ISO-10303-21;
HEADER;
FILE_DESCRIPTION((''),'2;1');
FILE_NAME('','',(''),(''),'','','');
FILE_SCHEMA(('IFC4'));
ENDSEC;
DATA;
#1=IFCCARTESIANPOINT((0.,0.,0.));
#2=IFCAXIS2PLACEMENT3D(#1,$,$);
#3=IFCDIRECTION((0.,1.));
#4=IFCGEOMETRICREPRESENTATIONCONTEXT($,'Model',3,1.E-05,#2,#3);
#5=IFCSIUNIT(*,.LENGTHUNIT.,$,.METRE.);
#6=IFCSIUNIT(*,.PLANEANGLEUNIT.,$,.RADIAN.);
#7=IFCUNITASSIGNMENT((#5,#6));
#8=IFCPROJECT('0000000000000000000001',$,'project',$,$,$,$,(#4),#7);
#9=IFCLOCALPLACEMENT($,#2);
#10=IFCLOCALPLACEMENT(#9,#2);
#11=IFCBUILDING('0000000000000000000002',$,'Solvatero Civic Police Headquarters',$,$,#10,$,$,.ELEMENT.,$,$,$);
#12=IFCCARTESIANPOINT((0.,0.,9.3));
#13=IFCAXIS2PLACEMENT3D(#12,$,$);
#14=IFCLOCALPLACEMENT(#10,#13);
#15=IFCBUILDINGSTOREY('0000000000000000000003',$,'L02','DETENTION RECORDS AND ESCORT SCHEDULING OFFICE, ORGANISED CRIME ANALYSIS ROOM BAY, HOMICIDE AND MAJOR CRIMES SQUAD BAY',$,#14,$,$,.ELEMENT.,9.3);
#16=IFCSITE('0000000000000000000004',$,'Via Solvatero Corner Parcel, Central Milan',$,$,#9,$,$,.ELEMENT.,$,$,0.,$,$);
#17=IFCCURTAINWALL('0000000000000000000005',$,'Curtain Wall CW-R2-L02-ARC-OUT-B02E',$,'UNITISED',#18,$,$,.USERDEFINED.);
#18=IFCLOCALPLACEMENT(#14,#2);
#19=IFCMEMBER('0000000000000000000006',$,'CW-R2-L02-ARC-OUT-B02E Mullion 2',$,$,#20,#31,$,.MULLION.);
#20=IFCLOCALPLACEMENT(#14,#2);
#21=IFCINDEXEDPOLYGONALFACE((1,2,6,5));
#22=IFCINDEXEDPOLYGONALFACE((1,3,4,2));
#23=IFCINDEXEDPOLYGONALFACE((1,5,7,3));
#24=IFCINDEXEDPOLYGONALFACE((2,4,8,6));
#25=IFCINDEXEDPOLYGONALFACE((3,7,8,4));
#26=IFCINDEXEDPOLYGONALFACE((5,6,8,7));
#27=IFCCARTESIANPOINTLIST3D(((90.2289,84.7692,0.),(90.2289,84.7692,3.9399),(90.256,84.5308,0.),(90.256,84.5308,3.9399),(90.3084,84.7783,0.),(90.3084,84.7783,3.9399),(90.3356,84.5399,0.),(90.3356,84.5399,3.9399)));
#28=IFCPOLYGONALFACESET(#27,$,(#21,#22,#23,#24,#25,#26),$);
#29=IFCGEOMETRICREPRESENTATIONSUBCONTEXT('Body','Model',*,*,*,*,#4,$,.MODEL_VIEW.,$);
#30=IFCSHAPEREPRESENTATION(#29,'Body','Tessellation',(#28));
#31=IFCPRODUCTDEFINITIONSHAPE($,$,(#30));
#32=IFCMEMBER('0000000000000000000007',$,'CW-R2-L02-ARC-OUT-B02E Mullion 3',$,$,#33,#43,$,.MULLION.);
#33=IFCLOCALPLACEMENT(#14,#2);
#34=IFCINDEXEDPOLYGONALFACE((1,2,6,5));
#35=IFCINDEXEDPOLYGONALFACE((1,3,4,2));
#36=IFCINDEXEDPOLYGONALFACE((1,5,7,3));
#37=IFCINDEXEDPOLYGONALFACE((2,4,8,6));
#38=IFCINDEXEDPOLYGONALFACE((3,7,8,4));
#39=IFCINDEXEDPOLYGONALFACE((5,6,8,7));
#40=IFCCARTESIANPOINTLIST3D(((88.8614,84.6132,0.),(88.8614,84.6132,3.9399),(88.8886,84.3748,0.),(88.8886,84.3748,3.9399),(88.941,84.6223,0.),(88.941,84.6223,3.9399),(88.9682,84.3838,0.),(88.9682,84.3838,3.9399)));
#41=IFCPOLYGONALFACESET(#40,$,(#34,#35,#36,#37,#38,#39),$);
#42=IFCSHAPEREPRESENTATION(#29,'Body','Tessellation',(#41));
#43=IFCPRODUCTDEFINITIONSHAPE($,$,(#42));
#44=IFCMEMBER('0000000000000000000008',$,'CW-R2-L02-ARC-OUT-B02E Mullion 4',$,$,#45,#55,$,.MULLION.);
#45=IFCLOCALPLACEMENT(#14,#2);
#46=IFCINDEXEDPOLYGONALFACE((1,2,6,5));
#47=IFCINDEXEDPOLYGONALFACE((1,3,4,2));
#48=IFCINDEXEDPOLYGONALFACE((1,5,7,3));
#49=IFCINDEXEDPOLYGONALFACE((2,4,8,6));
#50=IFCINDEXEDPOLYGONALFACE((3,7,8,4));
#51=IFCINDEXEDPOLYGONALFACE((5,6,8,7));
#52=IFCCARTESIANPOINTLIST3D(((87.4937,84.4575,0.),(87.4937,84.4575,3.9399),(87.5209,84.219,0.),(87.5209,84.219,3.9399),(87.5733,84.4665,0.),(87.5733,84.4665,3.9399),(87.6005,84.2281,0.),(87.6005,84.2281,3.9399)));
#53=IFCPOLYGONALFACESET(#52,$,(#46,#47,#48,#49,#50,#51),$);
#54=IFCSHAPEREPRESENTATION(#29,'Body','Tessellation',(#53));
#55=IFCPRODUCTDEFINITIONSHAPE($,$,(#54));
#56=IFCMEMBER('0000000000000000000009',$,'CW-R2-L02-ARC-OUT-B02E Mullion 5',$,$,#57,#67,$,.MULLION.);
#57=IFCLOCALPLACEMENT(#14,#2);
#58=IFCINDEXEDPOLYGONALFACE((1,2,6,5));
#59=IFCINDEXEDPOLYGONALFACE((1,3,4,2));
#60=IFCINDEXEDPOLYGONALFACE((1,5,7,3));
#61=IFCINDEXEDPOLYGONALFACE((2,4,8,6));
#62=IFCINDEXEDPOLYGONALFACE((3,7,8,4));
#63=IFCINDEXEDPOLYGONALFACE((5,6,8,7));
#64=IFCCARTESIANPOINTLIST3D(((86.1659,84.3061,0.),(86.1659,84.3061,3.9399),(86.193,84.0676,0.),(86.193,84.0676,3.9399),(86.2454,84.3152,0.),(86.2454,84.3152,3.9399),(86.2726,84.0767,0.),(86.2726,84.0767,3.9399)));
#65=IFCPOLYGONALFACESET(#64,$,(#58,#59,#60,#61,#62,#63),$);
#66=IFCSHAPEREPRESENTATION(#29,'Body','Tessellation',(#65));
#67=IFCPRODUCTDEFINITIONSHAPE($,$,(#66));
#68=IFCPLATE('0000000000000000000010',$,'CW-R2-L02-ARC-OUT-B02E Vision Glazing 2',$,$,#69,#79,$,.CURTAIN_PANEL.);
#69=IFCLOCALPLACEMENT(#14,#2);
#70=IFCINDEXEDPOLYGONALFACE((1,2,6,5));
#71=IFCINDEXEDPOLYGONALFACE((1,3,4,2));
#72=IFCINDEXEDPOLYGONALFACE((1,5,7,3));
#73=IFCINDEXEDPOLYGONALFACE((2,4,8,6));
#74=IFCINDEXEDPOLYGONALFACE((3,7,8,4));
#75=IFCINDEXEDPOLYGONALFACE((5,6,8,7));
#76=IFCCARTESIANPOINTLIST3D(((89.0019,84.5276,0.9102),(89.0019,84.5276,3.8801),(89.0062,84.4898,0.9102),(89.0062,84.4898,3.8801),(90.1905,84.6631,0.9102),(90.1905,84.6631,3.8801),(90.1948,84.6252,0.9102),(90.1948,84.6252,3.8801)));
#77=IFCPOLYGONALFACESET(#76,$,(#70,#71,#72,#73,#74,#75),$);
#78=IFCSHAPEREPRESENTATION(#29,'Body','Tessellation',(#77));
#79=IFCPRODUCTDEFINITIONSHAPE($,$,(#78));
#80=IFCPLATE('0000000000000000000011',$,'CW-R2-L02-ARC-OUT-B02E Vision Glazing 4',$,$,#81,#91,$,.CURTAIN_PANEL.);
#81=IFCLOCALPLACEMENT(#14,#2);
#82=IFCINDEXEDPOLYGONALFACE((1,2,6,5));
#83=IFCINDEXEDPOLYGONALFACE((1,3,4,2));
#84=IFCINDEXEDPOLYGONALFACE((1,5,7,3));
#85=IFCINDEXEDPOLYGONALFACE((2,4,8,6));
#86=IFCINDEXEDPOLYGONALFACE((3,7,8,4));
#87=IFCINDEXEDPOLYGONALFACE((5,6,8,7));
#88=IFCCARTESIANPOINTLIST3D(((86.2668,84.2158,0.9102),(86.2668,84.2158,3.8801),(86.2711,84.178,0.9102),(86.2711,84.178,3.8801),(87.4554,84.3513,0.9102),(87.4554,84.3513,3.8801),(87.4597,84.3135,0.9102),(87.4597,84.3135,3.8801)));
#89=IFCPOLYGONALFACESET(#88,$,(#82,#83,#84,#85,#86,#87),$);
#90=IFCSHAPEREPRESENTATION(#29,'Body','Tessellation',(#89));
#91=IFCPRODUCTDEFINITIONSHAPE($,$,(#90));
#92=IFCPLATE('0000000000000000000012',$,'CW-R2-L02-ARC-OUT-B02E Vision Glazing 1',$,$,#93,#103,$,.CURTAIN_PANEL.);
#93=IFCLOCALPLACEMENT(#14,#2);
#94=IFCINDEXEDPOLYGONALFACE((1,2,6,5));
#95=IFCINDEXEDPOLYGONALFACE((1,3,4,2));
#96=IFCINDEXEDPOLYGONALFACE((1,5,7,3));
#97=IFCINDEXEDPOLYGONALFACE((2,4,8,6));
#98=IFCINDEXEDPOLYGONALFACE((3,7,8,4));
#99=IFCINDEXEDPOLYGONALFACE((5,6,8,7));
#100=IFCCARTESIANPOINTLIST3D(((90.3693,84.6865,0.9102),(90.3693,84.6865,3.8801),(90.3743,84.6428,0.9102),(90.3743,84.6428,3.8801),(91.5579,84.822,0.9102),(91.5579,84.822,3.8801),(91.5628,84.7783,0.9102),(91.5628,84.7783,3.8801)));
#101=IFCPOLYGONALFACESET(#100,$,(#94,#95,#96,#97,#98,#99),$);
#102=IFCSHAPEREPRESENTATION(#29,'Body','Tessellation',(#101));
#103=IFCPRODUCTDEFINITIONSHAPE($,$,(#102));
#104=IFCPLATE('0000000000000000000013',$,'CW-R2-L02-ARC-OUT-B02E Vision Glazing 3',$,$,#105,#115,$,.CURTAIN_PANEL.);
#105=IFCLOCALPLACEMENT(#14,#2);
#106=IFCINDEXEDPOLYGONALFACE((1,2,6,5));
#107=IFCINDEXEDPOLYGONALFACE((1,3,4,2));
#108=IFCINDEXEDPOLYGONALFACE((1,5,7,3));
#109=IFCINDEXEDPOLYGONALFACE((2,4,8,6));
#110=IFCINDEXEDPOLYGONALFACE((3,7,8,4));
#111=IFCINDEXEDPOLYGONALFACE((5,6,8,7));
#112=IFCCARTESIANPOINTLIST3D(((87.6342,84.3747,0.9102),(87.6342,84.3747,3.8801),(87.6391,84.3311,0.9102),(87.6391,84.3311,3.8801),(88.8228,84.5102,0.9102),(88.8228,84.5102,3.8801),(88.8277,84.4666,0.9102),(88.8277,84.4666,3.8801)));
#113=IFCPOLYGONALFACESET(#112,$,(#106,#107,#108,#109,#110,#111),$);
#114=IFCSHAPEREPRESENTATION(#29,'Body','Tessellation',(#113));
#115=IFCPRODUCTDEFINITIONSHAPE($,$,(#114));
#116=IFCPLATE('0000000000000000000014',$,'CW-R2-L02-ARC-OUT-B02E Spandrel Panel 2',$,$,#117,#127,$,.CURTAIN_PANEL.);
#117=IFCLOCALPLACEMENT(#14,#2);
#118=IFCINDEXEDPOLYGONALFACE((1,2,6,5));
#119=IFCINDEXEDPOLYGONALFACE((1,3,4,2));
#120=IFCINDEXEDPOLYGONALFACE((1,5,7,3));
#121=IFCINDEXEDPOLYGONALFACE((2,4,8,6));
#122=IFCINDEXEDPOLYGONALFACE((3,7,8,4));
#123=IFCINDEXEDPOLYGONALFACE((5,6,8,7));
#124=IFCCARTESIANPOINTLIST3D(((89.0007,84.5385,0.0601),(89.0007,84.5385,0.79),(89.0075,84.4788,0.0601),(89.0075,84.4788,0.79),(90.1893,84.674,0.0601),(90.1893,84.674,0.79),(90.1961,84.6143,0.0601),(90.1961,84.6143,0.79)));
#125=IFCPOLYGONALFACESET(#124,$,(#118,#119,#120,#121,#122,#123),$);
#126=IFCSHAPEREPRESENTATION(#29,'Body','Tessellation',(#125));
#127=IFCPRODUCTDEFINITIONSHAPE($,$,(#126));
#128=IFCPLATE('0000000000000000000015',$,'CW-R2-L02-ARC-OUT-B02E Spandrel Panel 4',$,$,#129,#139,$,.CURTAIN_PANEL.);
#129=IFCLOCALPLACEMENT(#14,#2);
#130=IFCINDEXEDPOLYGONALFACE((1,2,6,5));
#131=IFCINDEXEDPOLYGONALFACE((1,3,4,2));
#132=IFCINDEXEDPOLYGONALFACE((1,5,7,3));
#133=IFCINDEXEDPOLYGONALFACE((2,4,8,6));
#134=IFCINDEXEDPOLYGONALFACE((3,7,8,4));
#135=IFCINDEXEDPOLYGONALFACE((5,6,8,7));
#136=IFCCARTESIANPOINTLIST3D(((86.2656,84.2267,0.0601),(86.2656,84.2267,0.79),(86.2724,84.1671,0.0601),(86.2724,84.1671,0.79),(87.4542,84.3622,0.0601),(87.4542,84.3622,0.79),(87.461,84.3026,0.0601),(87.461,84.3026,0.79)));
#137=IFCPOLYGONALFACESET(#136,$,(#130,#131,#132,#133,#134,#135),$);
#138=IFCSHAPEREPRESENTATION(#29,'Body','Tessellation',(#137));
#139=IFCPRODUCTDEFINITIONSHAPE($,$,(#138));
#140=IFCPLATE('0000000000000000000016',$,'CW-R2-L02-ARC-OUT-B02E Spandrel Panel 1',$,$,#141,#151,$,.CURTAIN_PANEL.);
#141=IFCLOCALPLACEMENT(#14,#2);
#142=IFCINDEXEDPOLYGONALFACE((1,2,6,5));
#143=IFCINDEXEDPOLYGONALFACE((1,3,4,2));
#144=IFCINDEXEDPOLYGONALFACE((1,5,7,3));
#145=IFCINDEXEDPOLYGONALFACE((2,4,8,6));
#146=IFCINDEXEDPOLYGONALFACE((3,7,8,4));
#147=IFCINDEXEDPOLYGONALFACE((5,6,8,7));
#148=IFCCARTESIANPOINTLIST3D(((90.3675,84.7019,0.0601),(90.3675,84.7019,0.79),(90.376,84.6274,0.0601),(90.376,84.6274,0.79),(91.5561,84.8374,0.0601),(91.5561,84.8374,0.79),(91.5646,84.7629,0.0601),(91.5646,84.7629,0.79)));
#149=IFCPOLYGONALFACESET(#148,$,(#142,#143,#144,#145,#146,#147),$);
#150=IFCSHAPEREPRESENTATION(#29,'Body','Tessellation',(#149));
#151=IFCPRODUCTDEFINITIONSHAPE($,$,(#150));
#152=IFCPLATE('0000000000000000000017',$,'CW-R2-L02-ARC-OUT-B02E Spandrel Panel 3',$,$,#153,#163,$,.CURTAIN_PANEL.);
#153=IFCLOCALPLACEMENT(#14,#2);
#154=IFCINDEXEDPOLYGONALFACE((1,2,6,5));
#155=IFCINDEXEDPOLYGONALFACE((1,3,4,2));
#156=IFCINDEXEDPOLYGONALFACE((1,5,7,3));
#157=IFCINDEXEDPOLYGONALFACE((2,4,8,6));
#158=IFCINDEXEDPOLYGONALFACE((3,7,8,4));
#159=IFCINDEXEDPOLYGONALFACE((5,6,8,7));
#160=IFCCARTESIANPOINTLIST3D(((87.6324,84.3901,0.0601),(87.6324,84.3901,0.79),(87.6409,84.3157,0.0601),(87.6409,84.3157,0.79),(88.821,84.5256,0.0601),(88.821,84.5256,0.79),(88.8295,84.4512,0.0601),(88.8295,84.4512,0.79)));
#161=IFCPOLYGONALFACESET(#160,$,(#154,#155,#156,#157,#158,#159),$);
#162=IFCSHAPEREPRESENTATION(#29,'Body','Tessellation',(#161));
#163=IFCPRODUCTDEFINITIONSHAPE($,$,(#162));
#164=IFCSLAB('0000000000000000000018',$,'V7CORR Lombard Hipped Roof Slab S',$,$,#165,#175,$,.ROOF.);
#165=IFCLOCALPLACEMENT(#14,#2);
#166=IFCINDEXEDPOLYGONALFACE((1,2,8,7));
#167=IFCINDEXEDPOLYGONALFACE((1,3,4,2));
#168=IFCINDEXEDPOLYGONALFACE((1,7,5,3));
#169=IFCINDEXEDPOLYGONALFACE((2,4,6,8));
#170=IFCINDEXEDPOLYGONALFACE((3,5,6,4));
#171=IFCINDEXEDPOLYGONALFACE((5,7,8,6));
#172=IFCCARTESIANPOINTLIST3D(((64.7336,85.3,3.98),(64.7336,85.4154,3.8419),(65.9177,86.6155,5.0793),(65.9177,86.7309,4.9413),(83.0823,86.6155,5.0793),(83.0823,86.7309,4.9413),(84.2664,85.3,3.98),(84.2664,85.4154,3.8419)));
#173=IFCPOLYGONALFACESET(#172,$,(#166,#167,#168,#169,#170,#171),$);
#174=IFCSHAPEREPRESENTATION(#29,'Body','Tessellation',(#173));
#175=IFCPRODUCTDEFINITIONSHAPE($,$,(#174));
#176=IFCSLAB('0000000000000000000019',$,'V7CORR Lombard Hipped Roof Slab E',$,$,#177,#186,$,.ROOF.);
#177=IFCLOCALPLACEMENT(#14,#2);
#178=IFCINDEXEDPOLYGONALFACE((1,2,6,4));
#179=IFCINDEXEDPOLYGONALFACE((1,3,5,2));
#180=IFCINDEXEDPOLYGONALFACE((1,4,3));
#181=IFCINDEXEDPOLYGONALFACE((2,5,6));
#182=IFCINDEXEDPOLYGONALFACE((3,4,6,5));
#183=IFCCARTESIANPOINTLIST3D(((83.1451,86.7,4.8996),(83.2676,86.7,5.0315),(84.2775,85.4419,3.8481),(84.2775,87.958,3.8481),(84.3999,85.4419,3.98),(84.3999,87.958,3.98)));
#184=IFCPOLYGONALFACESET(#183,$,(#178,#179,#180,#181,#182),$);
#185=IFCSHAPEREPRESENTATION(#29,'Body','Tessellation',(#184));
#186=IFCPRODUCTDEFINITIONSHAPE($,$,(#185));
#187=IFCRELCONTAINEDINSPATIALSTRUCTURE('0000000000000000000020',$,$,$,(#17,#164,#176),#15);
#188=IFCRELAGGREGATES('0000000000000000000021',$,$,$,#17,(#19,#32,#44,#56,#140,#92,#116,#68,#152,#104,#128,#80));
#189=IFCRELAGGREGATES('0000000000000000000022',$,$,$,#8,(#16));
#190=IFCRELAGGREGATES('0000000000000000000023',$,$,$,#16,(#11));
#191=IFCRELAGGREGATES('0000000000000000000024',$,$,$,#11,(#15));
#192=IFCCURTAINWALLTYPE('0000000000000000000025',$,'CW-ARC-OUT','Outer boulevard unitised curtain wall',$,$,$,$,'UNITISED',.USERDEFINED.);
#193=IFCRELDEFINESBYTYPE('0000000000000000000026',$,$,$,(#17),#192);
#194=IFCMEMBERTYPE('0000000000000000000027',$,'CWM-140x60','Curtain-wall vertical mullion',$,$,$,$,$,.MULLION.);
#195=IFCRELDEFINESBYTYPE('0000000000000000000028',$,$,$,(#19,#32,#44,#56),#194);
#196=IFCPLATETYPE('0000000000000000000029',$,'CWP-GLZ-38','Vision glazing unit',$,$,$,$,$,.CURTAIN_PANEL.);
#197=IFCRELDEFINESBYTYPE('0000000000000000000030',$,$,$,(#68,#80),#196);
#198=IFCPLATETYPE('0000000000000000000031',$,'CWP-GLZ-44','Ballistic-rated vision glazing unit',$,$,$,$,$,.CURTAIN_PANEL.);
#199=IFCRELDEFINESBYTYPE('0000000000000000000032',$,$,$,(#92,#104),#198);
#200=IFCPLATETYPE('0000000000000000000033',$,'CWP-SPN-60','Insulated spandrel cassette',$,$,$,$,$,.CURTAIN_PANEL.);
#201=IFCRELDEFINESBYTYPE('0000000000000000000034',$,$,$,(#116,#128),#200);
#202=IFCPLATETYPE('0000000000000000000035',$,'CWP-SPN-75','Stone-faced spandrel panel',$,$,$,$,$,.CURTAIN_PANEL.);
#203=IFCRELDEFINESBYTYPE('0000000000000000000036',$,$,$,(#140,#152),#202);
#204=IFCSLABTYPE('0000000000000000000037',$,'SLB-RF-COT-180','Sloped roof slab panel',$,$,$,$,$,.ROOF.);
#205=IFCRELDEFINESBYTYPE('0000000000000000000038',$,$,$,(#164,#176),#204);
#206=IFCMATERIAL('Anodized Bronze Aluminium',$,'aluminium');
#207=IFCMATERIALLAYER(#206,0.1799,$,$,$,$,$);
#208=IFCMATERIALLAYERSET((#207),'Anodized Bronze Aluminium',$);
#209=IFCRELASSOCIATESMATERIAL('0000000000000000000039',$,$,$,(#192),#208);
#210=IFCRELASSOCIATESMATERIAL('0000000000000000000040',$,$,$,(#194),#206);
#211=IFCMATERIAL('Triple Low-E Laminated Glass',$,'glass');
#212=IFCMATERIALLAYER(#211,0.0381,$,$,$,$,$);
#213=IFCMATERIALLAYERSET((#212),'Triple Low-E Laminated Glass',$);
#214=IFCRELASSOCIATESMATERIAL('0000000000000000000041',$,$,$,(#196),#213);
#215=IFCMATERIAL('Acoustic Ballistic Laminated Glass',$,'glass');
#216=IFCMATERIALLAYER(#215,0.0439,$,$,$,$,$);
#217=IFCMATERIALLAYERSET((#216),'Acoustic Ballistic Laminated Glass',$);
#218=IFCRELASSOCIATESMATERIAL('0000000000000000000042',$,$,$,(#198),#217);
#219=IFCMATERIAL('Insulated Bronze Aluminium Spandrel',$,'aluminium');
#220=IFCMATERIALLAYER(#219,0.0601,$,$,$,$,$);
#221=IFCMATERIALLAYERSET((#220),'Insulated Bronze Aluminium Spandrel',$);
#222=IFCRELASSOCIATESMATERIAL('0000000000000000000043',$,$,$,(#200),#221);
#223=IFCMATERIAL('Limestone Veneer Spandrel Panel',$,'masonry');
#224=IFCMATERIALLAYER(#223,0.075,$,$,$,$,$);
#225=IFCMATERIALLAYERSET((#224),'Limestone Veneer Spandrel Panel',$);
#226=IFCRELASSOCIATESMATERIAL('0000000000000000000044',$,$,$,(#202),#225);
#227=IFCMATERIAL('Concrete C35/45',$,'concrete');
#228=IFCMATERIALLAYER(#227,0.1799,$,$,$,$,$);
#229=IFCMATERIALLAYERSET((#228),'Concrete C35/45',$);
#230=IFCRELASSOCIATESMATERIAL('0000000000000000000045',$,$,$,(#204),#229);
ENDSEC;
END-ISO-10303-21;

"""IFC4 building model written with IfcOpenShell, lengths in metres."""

from ifc_helpers import new_model, si_unit, direction, frame, origin, origin_2d, place, context, subcontext, project, spatial, polyline, rectangle, outline, extrude, material, layer, layer_set, material_profile, profile_set, type_object, element, aggregate, save


model = new_model("IFC4")

# Units and contexts
model_context = context("Model", 3, precision=1e-05, world=origin(), true_north=direction((0.0, 1.0)))
body_context = subcontext(model_context, "Body", "Model", "MODEL_VIEW")
ifc_project = project(units=[si_unit("LENGTHUNIT", "METRE"), si_unit("PLANEANGLEUNIT", "RADIAN")], contexts=[model_context])

# Site, building, storey
site_placement = place(None, origin())
site = spatial("IfcSite", under=ifc_project, at=site_placement, Name="Via Solvatero Corner Parcel, Central Milan", CompositionType="ELEMENT", RefElevation=0.0)
building_placement = place(site_placement, origin())
building = spatial("IfcBuilding", under=site, at=building_placement, Name="Solvatero Civic Police Headquarters", CompositionType="ELEMENT")
storey_placement = place(building_placement, frame((0.0, 0.0, 9.3)))
storey = spatial("IfcBuildingStorey", under=building, at=storey_placement, Name="L02", Description="DETENTION RECORDS AND ESCORT SCHEDULING OFFICE, ORGANISED CRIME ANALYSIS ROOM BAY, HOMICIDE AND MAJOR CRIMES SQUAD BAY", CompositionType="ELEMENT", Elevation=9.3)

# Curtain wall, members, plates
ifc_material_1 = material(Name="Anodized Bronze Aluminium", Category="aluminium")
ifc_layer_1 = layer(ifc_material_1, 0.1799)
ifc_layer_set_1 = layer_set([ifc_layer_1], Name="Anodized Bronze Aluminium")
curtain_wall_type = type_object("IfcCurtainWallType", Name="CW-ARC-OUT", Description="Outer boulevard unitised curtain wall", ElementType="UNITISED", PredefinedType="USERDEFINED", material=ifc_layer_set_1)
curtain_wall_placement = place(storey_placement, origin())
curtain_wall = element("IfcCurtainWall", 1, at=curtain_wall_placement, inside=storey, type_object=curtain_wall_type, Name="Curtain Wall CW-R2-L02-ARC-OUT-B02E", ObjectType="UNITISED", PredefinedType="USERDEFINED")
ifc_material_profile = material_profile(ifc_material_1, rectangle(XDim=0.0801, YDim=0.24, at=origin_2d()), Name="ALU MULLION 80x240")
ifc_profile_set = profile_set([ifc_material_profile], Name="Anodized Bronze Aluminium")
member_type = type_object("IfcMemberType", Name="CWM-140x60", Description="Curtain-wall vertical mullion", PredefinedType="MULLION", material=ifc_profile_set)
member_1_placement = place(storey_placement, frame((90.2822, 84.6545, 0.0), z_axis=(0.0, 0.0, 1.0), x_axis=(-0.993566, -0.113255, 0.0)))
member_1 = element("IfcMember", 2, at=member_1_placement, type_object=member_type, Name="CW-R2-L02-ARC-OUT-B02E Mullion 2", PredefinedType="MULLION", context=body_context, shape_type="SweptSolid", body=[
    extrude(rectangle(XDim=0.0801, YDim=0.24, at=origin_2d()), origin(), (0.0, 0.0, 1.0), 3.9399),
])
member_2_placement = place(storey_placement, frame((88.9148, 84.4985, 0.0), z_axis=(0.0, 0.0, 1.0), x_axis=(-0.993566, -0.113255, 0.0)))
member_2 = element("IfcMember", 3, at=member_2_placement, type_object=member_type, Name="CW-R2-L02-ARC-OUT-B02E Mullion 3", PredefinedType="MULLION", context=body_context, shape_type="SweptSolid", body=[
    extrude(rectangle(XDim=0.0801, YDim=0.24, at=origin_2d()), origin(), (0.0, 0.0, 1.0), 3.9399),
])
member_3_placement = place(storey_placement, frame((87.5471, 84.3428, 0.0), z_axis=(0.0, 0.0, 1.0), x_axis=(-0.993566, -0.113255, 0.0)))
member_3 = element("IfcMember", 4, at=member_3_placement, type_object=member_type, Name="CW-R2-L02-ARC-OUT-B02E Mullion 4", PredefinedType="MULLION", context=body_context, shape_type="SweptSolid", body=[
    extrude(rectangle(XDim=0.0801, YDim=0.24, at=origin_2d()), origin(), (0.0, 0.0, 1.0), 3.9399),
])
member_4_placement = place(storey_placement, frame((86.2192, 84.1914, 0.0), z_axis=(0.0, 0.0, 1.0), x_axis=(-0.993566, -0.113255, 0.0)))
member_4 = element("IfcMember", 5, at=member_4_placement, type_object=member_type, Name="CW-R2-L02-ARC-OUT-B02E Mullion 5", PredefinedType="MULLION", context=body_context, shape_type="SweptSolid", body=[
    extrude(rectangle(XDim=0.0801, YDim=0.24, at=origin_2d()), origin(), (0.0, 0.0, 1.0), 3.9399),
])
ifc_material_2 = material(Name="Triple Low-E Laminated Glass", Category="glass")
ifc_layer_2 = layer(ifc_material_2, 0.0381)
ifc_layer_set_2 = layer_set([ifc_layer_2], Name="Triple Low-E Laminated Glass")
plate_type_1 = type_object("IfcPlateType", Name="CWP-GLZ-38", Description="Vision glazing unit", PredefinedType="CURTAIN_PANEL", material=ifc_layer_set_2)
plate_1_placement = place(storey_placement, frame((89.5984, 84.5764, 0.9102), z_axis=(0.0, 0.0, 1.0), x_axis=(-0.993566, -0.113255, 0.0)))
plate_1 = element("IfcPlate", 6, at=plate_1_placement, type_object=plate_type_1, Name="CW-R2-L02-ARC-OUT-B02E Vision Glazing 2", PredefinedType="CURTAIN_PANEL", context=body_context, shape_type="SweptSolid", body=[
    extrude(rectangle(XDim=1.1963, YDim=0.0381, at=origin_2d()), origin(), (0.0, 0.0, 1.0), 2.97),
])
plate_2_placement = place(storey_placement, frame((86.8633, 84.2646, 0.9102), z_axis=(0.0, 0.0, 1.0), x_axis=(-0.993566, -0.113255, 0.0)))
plate_2 = element("IfcPlate", 7, at=plate_2_placement, type_object=plate_type_1, Name="CW-R2-L02-ARC-OUT-B02E Vision Glazing 4", PredefinedType="CURTAIN_PANEL", context=body_context, shape_type="SweptSolid", body=[
    extrude(rectangle(XDim=1.1963, YDim=0.0381, at=origin_2d()), origin(), (0.0, 0.0, 1.0), 2.97),
])
ifc_material_3 = material(Name="Acoustic Ballistic Laminated Glass", Category="glass")
ifc_layer_3 = layer(ifc_material_3, 0.0439)
ifc_layer_set_3 = layer_set([ifc_layer_3], Name="Acoustic Ballistic Laminated Glass")
plate_type_2 = type_object("IfcPlateType", Name="CWP-GLZ-44", Description="Ballistic-rated vision glazing unit", PredefinedType="CURTAIN_PANEL", material=ifc_layer_set_3)
plate_3_placement = place(storey_placement, frame((90.9661, 84.7324, 0.9102), z_axis=(0.0, 0.0, 1.0), x_axis=(-0.993566, -0.113255, 0.0)))
plate_3 = element("IfcPlate", 8, at=plate_3_placement, type_object=plate_type_2, Name="CW-R2-L02-ARC-OUT-B02E Vision Glazing 1", PredefinedType="CURTAIN_PANEL", context=body_context, shape_type="SweptSolid", body=[
    extrude(rectangle(XDim=1.1963, YDim=0.0439, at=origin_2d()), origin(), (0.0, 0.0, 1.0), 2.97),
])
plate_4_placement = place(storey_placement, frame((88.231, 84.4207, 0.9102), z_axis=(0.0, 0.0, 1.0), x_axis=(-0.993566, -0.113255, 0.0)))
plate_4 = element("IfcPlate", 9, at=plate_4_placement, type_object=plate_type_2, Name="CW-R2-L02-ARC-OUT-B02E Vision Glazing 3", PredefinedType="CURTAIN_PANEL", context=body_context, shape_type="SweptSolid", body=[
    extrude(rectangle(XDim=1.1963, YDim=0.0439, at=origin_2d()), origin(), (0.0, 0.0, 1.0), 2.97),
])
ifc_material_4 = material(Name="Insulated Bronze Aluminium Spandrel", Category="aluminium")
ifc_layer_4 = layer(ifc_material_4, 0.0601)
ifc_layer_set_4 = layer_set([ifc_layer_4], Name="Insulated Bronze Aluminium Spandrel")
plate_type_3 = type_object("IfcPlateType", Name="CWP-SPN-60", Description="Insulated spandrel cassette", PredefinedType="CURTAIN_PANEL", material=ifc_layer_set_4)
plate_5_placement = place(storey_placement, frame((89.5984, 84.5764, 0.0601), z_axis=(0.0, 0.0, 1.0), x_axis=(-0.993566, -0.113255, 0.0)))
plate_5 = element("IfcPlate", 10, at=plate_5_placement, type_object=plate_type_3, Name="CW-R2-L02-ARC-OUT-B02E Spandrel Panel 2", PredefinedType="CURTAIN_PANEL", context=body_context, shape_type="SweptSolid", body=[
    extrude(rectangle(XDim=1.1963, YDim=0.0601, at=origin_2d()), origin(), (0.0, 0.0, 1.0), 0.73),
])
plate_6_placement = place(storey_placement, frame((86.8633, 84.2646, 0.0601), z_axis=(0.0, 0.0, 1.0), x_axis=(-0.993566, -0.113255, 0.0)))
plate_6 = element("IfcPlate", 11, at=plate_6_placement, type_object=plate_type_3, Name="CW-R2-L02-ARC-OUT-B02E Spandrel Panel 4", PredefinedType="CURTAIN_PANEL", context=body_context, shape_type="SweptSolid", body=[
    extrude(rectangle(XDim=1.1963, YDim=0.0601, at=origin_2d()), origin(), (0.0, 0.0, 1.0), 0.73),
])
ifc_material_5 = material(Name="Limestone Veneer Spandrel Panel", Category="masonry")
ifc_layer_5 = layer(ifc_material_5, 0.075)
ifc_layer_set_5 = layer_set([ifc_layer_5], Name="Limestone Veneer Spandrel Panel")
plate_type_4 = type_object("IfcPlateType", Name="CWP-SPN-75", Description="Stone-faced spandrel panel", PredefinedType="CURTAIN_PANEL", material=ifc_layer_set_5)
plate_7_placement = place(storey_placement, frame((90.9661, 84.7324, 0.0601), z_axis=(0.0, 0.0, 1.0), x_axis=(-0.993566, -0.113255, 0.0)))
plate_7 = element("IfcPlate", 12, at=plate_7_placement, type_object=plate_type_4, Name="CW-R2-L02-ARC-OUT-B02E Spandrel Panel 1", PredefinedType="CURTAIN_PANEL", context=body_context, shape_type="SweptSolid", body=[
    extrude(rectangle(XDim=1.1963, YDim=0.075, at=origin_2d()), origin(), (0.0, 0.0, 1.0), 0.73),
])
plate_8_placement = place(storey_placement, frame((88.231, 84.4207, 0.0601), z_axis=(0.0, 0.0, 1.0), x_axis=(-0.993566, -0.113255, 0.0)))
plate_8 = element("IfcPlate", 13, at=plate_8_placement, type_object=plate_type_4, Name="CW-R2-L02-ARC-OUT-B02E Spandrel Panel 3", PredefinedType="CURTAIN_PANEL", context=body_context, shape_type="SweptSolid", body=[
    extrude(rectangle(XDim=1.1963, YDim=0.075, at=origin_2d()), origin(), (0.0, 0.0, 1.0), 0.73),
])
aggregate(curtain_wall, [member_1, member_2, member_3, member_4, plate_7, plate_3, plate_5, plate_1, plate_8, plate_4, plate_6, plate_2])

# Slabs
ifc_material_6 = material(Name="Concrete C35/45", Category="concrete")
ifc_layer_6 = layer(ifc_material_6, 0.1799)
ifc_layer_set_6 = layer_set([ifc_layer_6], Name="Concrete C35/45")
slab_type = type_object("IfcSlabType", Name="SLB-RF-COT-180", Description="Sloped roof slab panel", PredefinedType="ROOF", material=ifc_layer_set_6)
slab_1_placement = place(storey_placement, frame((83.0823, 86.6155, 5.0793), z_axis=(0.0, -0.641276, 0.76731), x_axis=(0.568311, -0.631353, -0.527651)))
element("IfcSlab", 14, at=slab_1_placement, inside=storey, type_object=slab_type, Name="V7CORR Lombard Hipped Roof Slab S", PredefinedType="ROOF", context=body_context, shape_type="SweptSolid", body=[
    extrude(outline(polyline([(0.0, 0.0), (2.0835, 0.0), (-9.0172, -16.0718), (-9.7548, -14.1232), (0.0, 0.0)])), origin(), (0.0, 0.0, -1.0), 0.1799),
])
slab_2_placement = place(storey_placement, frame((84.3999, 87.958, 3.98), z_axis=(0.680475, 0.0, 0.732771), x_axis=(0.0, -1.0, 0.0)))
element("IfcSlab", 15, at=slab_2_placement, inside=storey, type_object=slab_type, Name="V7CORR Lombard Hipped Roof Slab E", PredefinedType="ROOF", context=body_context, shape_type="SweptSolid", body=[
    extrude(outline(polyline([(0.0, 0.0), (2.5161, 0.0), (1.2581, -1.5453), (0.0, 0.0)])), origin(), (0.0, 0.0, -1.0), 0.1799),
])

save(model, "model.ifc")
